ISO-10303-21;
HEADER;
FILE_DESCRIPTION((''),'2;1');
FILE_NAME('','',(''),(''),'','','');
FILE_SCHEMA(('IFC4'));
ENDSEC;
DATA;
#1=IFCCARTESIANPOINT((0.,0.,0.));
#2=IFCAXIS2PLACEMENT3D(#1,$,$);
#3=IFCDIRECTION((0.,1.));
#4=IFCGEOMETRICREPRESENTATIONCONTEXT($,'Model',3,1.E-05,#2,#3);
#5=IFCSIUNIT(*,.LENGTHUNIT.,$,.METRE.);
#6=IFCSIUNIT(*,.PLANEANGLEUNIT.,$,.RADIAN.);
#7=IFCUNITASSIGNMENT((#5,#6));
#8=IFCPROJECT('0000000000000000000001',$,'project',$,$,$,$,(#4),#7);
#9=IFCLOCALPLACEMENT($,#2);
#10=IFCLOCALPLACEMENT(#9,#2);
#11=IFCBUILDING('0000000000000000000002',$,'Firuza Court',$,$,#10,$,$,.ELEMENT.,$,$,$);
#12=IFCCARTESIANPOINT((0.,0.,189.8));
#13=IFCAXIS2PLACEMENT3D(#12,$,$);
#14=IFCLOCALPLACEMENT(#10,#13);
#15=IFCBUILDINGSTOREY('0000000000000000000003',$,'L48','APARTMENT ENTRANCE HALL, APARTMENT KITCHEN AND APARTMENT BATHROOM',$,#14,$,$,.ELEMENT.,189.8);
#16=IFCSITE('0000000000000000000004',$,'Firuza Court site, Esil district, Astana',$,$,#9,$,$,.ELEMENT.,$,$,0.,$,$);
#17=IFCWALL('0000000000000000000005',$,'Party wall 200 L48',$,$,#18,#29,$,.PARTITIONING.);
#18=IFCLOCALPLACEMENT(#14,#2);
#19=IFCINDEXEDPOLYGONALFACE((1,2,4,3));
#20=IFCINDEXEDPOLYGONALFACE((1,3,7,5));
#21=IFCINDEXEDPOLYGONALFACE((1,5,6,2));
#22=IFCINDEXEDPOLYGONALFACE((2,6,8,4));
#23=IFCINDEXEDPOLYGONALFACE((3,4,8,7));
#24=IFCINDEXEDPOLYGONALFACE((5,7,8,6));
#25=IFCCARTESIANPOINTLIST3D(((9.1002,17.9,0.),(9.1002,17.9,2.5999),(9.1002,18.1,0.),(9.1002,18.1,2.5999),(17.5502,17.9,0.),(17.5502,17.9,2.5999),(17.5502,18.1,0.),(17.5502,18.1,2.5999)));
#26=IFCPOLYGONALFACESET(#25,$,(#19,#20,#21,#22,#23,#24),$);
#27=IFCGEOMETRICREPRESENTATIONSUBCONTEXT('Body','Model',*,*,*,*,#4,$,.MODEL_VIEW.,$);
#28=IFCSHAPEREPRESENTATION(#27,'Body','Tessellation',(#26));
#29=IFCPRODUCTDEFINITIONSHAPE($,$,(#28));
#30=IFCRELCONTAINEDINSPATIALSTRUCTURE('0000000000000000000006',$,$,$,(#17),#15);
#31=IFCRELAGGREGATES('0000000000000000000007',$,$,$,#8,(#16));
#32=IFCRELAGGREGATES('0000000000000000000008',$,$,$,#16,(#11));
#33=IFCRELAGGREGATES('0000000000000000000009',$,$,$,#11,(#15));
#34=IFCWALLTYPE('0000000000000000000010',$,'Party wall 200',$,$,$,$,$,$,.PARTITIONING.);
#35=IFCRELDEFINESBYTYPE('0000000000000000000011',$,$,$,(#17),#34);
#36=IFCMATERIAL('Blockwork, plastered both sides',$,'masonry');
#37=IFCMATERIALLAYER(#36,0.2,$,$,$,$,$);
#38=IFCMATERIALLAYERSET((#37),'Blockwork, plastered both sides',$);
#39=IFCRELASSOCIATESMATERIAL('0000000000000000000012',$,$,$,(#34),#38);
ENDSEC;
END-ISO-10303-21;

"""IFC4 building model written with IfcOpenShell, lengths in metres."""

from ifc_helpers import new_model, si_unit, direction, frame, frame_2d, origin, place, context, subcontext, project, spatial, rectangle, extrude, material, layer, layer_set, type_object, element, save


model = new_model("IFC4")

# Units and contexts
model_context = context("Model", 3, precision=1e-05, world=origin(), true_north=direction((0.0, 1.0)))
body_context = subcontext(model_context, "Body", "Model", "MODEL_VIEW")
ifc_project = project(units=[si_unit("LENGTHUNIT", "METRE"), si_unit("PLANEANGLEUNIT", "RADIAN")], contexts=[model_context])

# Site, building, storey
site_placement = place(None, origin())
site = spatial("IfcSite", under=ifc_project, at=site_placement, Name="Firuza Court site, Esil district, Astana", CompositionType="ELEMENT", RefElevation=0.0)
building_placement = place(site_placement, origin())
building = spatial("IfcBuilding", under=site, at=building_placement, Name="Firuza Court", CompositionType="ELEMENT")
storey_placement = place(building_placement, frame((0.0, 0.0, 189.8)))
storey = spatial("IfcBuildingStorey", under=building, at=storey_placement, Name="L48", Description="APARTMENT ENTRANCE HALL, APARTMENT KITCHEN AND APARTMENT BATHROOM", CompositionType="ELEMENT", Elevation=189.8)

# Shared definitions
ifc_material_1 = material(Name="Blockwork, plastered both sides", Category="masonry")

# Wall
ifc_layer_1 = layer(ifc_material_1, 0.2)
ifc_layer_set_1 = layer_set([ifc_layer_1], Name="Blockwork, plastered both sides")
wall_type_1 = type_object("IfcWallType", Name="Party wall 200", PredefinedType="PARTITIONING", material=ifc_layer_set_1)
wall_1_placement = place(storey_placement, frame((9.1001, 18.0, 0.0), z_axis=(0.0, 0.0, 1.0), x_axis=(1.0, 0.0, 0.0)))
element("IfcWall", 1, at=wall_1_placement, inside=storey, type_object=wall_type_1, Name="Party wall 200 L48", PredefinedType="PARTITIONING", context=body_context, shape_type="SweptSolid", body=[
    extrude(rectangle(XDim=8.45, YDim=0.2, at=frame_2d((4.2251, 0.0))), origin(), (0.0, 0.0, 1.0), 2.5999),
])

save(model, "model.ifc")
